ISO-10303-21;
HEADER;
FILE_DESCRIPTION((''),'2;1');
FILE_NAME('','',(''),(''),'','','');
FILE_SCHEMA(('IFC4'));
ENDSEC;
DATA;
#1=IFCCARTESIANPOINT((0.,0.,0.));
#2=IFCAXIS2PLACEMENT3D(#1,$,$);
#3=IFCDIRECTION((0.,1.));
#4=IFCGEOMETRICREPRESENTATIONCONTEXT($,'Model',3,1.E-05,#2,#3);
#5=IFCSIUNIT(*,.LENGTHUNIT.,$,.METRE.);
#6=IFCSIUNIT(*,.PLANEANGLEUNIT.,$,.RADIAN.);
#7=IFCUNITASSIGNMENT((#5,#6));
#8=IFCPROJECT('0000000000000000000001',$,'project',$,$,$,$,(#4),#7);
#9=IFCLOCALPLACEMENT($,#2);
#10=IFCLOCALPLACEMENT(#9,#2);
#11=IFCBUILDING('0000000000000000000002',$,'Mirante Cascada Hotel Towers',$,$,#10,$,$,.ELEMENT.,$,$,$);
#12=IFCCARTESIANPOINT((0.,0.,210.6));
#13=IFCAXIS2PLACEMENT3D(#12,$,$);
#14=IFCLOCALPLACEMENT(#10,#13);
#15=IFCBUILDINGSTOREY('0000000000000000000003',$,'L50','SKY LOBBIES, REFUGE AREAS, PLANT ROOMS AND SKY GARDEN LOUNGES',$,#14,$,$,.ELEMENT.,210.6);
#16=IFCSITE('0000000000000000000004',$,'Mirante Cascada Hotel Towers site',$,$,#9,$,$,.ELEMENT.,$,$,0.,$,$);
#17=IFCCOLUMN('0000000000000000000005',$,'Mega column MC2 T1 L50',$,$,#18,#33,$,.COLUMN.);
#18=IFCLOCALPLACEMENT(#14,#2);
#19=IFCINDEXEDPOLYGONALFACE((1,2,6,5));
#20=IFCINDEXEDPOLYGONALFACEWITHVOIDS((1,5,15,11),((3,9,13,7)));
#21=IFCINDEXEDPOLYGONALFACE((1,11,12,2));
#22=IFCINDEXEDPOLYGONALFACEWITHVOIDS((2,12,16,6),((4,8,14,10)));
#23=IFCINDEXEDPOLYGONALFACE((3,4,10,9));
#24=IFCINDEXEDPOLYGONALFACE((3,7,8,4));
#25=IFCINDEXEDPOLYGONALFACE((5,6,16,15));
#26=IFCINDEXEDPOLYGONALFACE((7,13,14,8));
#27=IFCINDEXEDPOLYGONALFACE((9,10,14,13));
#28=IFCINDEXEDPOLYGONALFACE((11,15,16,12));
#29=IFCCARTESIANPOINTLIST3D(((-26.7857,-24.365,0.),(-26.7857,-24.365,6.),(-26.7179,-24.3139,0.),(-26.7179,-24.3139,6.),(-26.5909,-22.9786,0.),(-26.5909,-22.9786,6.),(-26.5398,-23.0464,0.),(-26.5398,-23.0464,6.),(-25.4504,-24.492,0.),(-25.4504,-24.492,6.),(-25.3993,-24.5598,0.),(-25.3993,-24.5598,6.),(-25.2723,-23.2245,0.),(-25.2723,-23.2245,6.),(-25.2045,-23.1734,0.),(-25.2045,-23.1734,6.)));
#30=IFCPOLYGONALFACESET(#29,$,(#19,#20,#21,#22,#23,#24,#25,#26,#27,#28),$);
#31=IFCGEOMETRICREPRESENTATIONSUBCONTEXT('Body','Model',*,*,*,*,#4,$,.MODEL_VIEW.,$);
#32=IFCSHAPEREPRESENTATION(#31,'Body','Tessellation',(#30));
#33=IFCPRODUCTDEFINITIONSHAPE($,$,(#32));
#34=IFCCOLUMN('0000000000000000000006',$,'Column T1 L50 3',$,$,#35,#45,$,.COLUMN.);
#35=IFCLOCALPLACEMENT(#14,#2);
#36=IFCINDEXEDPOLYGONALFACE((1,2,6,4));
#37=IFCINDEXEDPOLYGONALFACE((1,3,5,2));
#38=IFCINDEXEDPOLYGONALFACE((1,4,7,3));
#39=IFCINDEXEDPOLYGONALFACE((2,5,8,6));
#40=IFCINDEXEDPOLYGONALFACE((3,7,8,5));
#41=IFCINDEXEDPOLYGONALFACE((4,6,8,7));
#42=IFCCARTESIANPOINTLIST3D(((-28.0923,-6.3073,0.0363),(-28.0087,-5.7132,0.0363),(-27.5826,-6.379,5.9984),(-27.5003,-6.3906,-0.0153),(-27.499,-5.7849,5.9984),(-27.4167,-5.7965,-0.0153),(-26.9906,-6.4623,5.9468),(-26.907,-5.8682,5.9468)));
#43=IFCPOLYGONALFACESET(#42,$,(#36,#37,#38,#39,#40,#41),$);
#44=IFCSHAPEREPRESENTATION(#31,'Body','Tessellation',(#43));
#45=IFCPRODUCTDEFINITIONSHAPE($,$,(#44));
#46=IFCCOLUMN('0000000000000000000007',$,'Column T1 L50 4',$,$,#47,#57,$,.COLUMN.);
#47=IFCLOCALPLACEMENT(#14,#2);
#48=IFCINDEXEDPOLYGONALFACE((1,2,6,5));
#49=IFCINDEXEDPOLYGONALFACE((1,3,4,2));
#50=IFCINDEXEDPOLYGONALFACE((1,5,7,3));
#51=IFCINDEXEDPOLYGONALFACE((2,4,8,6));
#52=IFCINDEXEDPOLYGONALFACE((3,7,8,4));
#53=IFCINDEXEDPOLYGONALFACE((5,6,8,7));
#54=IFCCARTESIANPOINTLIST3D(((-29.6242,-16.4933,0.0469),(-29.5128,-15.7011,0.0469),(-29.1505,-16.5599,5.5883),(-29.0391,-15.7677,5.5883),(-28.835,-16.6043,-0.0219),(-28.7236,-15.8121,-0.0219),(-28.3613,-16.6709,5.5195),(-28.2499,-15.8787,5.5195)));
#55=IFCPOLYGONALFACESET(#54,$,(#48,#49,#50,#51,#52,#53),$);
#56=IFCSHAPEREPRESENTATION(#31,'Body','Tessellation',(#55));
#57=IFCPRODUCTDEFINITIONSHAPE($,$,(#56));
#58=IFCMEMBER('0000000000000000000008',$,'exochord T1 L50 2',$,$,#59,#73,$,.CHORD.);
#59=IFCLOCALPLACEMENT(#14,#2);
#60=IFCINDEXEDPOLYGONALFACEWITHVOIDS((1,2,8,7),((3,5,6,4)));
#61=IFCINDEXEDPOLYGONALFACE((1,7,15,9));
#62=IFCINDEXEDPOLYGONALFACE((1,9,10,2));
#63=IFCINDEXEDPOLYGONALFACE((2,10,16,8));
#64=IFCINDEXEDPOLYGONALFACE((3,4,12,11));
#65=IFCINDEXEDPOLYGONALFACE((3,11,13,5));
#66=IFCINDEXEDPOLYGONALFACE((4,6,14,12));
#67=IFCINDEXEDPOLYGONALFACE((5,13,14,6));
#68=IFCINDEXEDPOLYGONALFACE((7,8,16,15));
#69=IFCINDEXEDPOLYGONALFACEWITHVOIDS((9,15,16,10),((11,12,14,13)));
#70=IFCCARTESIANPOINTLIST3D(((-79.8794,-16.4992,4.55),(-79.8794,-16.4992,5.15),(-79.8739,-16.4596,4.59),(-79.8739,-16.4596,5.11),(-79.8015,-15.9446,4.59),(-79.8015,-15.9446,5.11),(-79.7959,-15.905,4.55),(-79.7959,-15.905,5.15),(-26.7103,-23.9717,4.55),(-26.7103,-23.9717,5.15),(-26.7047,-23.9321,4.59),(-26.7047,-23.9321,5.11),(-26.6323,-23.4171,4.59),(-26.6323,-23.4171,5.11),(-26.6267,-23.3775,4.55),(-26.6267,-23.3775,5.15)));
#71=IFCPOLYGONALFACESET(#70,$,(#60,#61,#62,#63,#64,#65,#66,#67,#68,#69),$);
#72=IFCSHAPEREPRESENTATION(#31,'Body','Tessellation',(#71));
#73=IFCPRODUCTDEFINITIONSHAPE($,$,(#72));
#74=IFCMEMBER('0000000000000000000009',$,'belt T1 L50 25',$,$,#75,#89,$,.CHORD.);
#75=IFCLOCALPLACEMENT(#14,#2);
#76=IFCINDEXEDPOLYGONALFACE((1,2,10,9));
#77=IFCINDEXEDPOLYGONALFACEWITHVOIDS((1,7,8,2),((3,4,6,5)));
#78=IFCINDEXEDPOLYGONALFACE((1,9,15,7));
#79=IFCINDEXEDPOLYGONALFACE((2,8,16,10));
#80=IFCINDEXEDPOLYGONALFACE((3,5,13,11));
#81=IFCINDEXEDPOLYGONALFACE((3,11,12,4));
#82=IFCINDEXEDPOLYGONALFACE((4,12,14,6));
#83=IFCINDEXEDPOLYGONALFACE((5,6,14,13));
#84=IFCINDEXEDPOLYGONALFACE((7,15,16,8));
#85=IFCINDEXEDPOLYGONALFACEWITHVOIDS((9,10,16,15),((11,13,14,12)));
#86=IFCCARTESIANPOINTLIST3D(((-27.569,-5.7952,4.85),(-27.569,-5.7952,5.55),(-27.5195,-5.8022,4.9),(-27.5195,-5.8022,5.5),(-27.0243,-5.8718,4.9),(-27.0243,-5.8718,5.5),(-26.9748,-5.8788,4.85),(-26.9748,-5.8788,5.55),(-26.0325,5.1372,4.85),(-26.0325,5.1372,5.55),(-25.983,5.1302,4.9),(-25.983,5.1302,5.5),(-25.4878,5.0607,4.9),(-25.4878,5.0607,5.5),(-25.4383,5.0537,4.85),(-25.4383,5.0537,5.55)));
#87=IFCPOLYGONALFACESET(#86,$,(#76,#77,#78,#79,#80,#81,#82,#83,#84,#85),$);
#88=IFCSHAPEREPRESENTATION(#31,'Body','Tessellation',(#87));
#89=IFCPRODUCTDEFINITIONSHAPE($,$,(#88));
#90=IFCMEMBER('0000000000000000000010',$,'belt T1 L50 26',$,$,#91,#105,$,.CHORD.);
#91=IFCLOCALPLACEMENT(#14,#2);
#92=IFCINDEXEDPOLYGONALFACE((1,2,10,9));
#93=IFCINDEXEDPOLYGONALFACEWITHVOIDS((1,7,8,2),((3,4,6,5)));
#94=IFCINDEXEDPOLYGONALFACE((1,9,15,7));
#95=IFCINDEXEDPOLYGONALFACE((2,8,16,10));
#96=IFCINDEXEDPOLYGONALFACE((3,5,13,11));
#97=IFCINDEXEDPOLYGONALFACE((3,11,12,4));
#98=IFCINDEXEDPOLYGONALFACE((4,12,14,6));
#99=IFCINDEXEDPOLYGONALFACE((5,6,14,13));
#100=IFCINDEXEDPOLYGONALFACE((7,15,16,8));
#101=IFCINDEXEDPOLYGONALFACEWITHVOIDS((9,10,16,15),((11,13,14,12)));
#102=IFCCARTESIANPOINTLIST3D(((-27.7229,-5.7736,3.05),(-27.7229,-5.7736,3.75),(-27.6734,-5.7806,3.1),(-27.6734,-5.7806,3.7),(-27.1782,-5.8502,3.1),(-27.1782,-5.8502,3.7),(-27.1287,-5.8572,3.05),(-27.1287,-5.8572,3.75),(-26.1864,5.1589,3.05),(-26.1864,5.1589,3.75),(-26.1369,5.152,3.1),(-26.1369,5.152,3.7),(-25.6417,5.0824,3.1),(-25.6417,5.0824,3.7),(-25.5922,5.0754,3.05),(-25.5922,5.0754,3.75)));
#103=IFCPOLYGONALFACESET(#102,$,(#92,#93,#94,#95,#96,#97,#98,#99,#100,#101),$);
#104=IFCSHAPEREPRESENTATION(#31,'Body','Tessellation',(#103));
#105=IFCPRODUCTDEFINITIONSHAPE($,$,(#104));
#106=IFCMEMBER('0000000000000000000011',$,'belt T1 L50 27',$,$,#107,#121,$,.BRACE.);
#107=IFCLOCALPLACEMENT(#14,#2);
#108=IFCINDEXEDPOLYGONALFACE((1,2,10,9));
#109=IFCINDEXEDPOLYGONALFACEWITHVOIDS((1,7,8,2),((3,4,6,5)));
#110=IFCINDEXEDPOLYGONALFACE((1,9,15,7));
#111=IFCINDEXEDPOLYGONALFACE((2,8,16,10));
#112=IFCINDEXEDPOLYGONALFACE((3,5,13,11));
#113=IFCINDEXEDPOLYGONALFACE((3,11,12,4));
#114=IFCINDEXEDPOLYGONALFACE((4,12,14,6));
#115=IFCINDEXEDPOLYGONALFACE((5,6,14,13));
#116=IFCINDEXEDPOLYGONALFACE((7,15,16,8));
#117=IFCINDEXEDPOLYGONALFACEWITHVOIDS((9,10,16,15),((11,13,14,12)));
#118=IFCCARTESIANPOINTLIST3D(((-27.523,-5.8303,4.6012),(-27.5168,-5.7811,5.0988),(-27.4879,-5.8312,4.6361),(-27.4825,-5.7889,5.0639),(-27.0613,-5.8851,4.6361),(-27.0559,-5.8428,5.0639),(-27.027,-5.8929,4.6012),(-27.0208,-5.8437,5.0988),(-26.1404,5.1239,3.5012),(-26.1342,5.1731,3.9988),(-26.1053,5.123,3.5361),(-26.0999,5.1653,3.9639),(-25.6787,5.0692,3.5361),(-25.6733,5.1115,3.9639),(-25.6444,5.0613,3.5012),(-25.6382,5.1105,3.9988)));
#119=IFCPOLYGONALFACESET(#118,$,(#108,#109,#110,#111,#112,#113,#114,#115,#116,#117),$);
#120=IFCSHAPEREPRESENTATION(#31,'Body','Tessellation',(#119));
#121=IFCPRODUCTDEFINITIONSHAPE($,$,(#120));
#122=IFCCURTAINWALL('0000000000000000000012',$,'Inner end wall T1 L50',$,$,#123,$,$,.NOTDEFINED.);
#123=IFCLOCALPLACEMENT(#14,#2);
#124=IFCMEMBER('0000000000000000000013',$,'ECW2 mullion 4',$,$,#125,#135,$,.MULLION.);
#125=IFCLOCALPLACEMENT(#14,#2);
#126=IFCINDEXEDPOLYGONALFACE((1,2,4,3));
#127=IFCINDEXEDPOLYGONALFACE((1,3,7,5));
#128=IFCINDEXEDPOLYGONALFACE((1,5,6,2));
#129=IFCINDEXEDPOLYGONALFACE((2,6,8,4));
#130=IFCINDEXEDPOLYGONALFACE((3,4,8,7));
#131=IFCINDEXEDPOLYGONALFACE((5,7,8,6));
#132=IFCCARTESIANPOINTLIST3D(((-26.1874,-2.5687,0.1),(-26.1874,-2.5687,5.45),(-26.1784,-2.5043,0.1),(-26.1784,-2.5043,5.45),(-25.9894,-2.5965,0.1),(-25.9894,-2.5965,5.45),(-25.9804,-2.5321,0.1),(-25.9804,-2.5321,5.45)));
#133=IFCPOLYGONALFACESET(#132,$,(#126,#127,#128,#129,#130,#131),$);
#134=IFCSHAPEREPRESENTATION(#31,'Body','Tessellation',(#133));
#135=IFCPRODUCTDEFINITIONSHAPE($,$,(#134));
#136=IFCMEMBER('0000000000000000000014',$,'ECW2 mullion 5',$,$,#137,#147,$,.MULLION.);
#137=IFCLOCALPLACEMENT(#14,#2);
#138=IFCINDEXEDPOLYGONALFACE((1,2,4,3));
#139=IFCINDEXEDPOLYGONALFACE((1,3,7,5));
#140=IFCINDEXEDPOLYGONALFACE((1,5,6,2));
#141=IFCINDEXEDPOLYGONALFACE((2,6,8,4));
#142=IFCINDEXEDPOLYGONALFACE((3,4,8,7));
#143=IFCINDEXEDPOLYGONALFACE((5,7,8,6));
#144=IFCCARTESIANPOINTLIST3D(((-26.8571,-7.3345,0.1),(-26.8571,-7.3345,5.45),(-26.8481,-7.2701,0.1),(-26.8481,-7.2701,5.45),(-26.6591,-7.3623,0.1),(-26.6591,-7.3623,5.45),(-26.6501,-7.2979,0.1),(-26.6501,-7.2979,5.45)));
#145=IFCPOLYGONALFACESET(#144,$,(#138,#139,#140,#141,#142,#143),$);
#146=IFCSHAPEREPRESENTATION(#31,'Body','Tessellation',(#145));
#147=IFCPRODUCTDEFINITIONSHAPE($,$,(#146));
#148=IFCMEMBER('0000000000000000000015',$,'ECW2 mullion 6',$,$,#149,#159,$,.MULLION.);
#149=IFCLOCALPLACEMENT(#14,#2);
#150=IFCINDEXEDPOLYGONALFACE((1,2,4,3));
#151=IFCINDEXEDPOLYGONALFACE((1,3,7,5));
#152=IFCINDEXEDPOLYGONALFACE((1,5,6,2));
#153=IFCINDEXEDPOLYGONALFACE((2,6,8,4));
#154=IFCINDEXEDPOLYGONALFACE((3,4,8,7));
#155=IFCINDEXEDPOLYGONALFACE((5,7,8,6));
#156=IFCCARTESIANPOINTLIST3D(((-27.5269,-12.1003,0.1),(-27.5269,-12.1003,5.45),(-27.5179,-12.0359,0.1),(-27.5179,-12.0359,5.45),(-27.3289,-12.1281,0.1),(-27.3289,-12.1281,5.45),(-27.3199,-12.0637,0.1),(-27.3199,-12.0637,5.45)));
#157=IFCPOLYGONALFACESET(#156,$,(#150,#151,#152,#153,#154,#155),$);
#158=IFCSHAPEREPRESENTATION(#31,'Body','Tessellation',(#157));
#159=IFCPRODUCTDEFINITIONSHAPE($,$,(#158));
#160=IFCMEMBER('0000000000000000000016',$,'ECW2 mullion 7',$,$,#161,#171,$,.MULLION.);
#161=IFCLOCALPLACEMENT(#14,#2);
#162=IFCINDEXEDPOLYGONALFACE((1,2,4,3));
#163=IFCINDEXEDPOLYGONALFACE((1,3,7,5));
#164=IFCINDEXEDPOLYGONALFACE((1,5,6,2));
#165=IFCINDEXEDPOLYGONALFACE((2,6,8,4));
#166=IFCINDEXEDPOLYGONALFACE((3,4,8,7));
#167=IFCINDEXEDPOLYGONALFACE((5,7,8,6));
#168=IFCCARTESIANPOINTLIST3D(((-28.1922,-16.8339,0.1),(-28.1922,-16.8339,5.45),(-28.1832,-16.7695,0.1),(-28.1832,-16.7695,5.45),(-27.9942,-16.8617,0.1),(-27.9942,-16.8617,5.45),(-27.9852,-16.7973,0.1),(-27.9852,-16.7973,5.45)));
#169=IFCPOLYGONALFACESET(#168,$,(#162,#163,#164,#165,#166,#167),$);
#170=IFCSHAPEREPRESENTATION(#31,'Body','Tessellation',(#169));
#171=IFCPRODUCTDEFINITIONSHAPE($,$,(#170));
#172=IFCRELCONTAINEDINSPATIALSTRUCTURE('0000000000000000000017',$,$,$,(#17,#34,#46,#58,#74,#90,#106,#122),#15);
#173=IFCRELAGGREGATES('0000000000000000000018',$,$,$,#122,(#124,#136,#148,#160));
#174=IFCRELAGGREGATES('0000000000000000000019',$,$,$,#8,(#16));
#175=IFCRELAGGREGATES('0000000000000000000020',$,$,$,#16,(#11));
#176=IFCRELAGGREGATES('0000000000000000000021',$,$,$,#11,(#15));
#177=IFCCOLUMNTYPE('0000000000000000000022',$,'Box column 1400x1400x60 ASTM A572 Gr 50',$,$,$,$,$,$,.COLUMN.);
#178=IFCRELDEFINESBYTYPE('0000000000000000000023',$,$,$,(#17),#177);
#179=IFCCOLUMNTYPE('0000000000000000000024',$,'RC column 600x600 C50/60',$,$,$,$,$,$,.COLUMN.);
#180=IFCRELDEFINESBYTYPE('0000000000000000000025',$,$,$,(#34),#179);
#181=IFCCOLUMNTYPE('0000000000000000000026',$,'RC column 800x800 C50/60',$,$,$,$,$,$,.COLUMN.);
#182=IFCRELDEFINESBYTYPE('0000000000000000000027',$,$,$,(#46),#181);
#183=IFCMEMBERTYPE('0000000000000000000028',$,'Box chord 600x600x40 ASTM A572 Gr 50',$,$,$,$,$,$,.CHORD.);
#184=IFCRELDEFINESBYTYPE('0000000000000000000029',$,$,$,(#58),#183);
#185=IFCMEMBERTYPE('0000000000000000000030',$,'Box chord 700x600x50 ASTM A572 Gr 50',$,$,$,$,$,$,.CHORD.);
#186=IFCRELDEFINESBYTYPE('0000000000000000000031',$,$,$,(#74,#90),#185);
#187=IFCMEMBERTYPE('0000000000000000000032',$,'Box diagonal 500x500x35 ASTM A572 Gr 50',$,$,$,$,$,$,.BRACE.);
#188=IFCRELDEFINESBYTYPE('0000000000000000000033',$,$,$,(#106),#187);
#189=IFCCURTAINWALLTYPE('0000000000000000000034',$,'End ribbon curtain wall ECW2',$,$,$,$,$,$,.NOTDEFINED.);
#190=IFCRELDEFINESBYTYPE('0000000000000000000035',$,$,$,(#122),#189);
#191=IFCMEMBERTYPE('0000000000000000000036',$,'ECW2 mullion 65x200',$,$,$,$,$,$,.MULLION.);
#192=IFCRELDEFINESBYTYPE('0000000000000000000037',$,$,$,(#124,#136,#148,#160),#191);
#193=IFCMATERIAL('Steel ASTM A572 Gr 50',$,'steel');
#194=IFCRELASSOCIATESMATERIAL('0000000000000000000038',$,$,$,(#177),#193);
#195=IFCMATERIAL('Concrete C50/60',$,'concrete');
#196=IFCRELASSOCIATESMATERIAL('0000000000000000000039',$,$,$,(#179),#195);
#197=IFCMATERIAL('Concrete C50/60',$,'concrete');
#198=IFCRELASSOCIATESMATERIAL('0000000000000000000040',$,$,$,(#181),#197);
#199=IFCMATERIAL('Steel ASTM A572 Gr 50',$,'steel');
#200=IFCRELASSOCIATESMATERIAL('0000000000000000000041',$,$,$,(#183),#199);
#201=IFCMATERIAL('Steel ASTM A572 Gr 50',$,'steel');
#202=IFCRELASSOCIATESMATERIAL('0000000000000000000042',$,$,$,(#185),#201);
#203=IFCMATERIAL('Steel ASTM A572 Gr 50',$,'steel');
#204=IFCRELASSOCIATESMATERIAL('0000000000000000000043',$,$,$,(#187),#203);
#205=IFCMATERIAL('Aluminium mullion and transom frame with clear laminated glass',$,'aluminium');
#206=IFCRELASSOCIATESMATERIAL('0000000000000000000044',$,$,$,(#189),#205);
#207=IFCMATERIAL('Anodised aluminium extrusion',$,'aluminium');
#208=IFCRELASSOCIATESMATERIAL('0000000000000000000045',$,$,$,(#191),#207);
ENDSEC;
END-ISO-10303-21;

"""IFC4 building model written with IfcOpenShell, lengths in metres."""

from ifc_helpers import new_model, si_unit, direction, frame, origin, origin_2d, place, context, subcontext, project, spatial, rectangle, hollow_rectangle, extrude, material, material_profile, profile_set, type_object, element, aggregate, save


model = new_model("IFC4")

# Units and contexts
model_context = context("Model", 3, precision=1e-05, world=origin(), true_north=direction((0.0, 1.0)))
body_context = subcontext(model_context, "Body", "Model", "MODEL_VIEW")
ifc_project = project(units=[si_unit("LENGTHUNIT", "METRE"), si_unit("PLANEANGLEUNIT", "RADIAN")], contexts=[model_context])

# Site, building, storey
site_placement = place(None, origin())
site = spatial("IfcSite", under=ifc_project, at=site_placement, Name="Mirante Cascada Hotel Towers site", CompositionType="ELEMENT", RefElevation=0.0)
building_placement = place(site_placement, origin())
building = spatial("IfcBuilding", under=site, at=building_placement, Name="Mirante Cascada Hotel Towers", CompositionType="ELEMENT")
storey_placement = place(building_placement, frame((0.0, 0.0, 210.6)))
storey = spatial("IfcBuildingStorey", under=building, at=storey_placement, Name="L50", Description="SKY LOBBIES, REFUGE AREAS, PLANT ROOMS AND SKY GARDEN LOUNGES", CompositionType="ELEMENT", Elevation=210.6)

# Columns
ifc_material_1 = material(Name="Steel ASTM A572 Gr 50", Category="steel")
ifc_material_profile_1 = material_profile(ifc_material_1, hollow_rectangle(XDim=1.4, YDim=1.4, WallThickness=0.06, at=origin_2d()), Name="Box column 1400x1400x60 ASTM A572 Gr 50")
ifc_profile_set_1 = profile_set([ifc_material_profile_1], Name="Steel ASTM A572 Gr 50")
column_type_1 = type_object("IfcColumnType", Name="Box column 1400x1400x60 ASTM A572 Gr 50", PredefinedType="COLUMN", material=ifc_profile_set_1)
column_1_placement = place(storey_placement, frame((-25.9951, -23.7692, 0.0), z_axis=(0.0, 0.0, 1.0), x_axis=(-0.990268, 0.139173, 0.0)))
element("IfcColumn", 1, at=column_1_placement, inside=storey, type_object=column_type_1, Name="Mega column MC2 T1 L50", PredefinedType="COLUMN", context=body_context, shape_type="SweptSolid", body=[
    extrude(hollow_rectangle(XDim=1.4, YDim=1.4, WallThickness=0.06, at=origin_2d()), origin(), (0.0, 0.0, 1.0), 6.0),
])
ifc_material_2 = material(Name="Concrete C50/60", Category="concrete")
ifc_material_profile_2 = material_profile(ifc_material_2, rectangle(XDim=0.6, YDim=0.6, at=origin_2d()), Name="RC column 600x600 C50/60")
ifc_profile_set_2 = profile_set([ifc_material_profile_2], Name="Concrete C50/60")
column_type_2 = type_object("IfcColumnType", Name="RC column 600x600 C50/60", PredefinedType="COLUMN", material=ifc_profile_set_2)
column_2_placement = place(storey_placement, frame((-27.7545, -6.0519, 0.0105), z_axis=(0.085173, -0.011981, 0.996294), x_axis=(0.139299, 0.99025, 0.0)))
element("IfcColumn", 2, at=column_2_placement, inside=storey, type_object=column_type_2, Name="Column T1 L50 3", PredefinedType="COLUMN", context=body_context, shape_type="SweptSolid", body=[
    extrude(rectangle(XDim=0.6, YDim=0.6, at=origin_2d()), origin(), (0.0, 0.0, 1.0), 5.9843),
])
ifc_material_3 = material(Name="Concrete C50/60", Category="concrete")
ifc_material_profile_3 = material_profile(ifc_material_3, rectangle(XDim=0.8, YDim=0.8, at=origin_2d()), Name="RC column 800x800 C50/60")
ifc_profile_set_3 = profile_set([ifc_material_profile_3], Name="Concrete C50/60")
column_type_3 = type_object("IfcColumnType", Name="RC column 800x800 C50/60", PredefinedType="COLUMN", material=ifc_profile_set_3)
column_3_placement = place(storey_placement, frame((-29.1739, -16.1527, 0.0125), z_axis=(0.085167, -0.011974, 0.996295), x_axis=(0.139226, 0.990261, 0.0)))
element("IfcColumn", 3, at=column_3_placement, inside=storey, type_object=column_type_3, Name="Column T1 L50 4", PredefinedType="COLUMN", context=body_context, shape_type="SweptSolid", body=[
    extrude(rectangle(XDim=0.8, YDim=0.8, at=origin_2d()), origin(), (0.0, 0.0, 1.0), 5.562),
])

# Members
ifc_material_4 = material(Name="Steel ASTM A572 Gr 50", Category="steel")
ifc_material_profile_4 = material_profile(ifc_material_4, hollow_rectangle(XDim=0.6, YDim=0.6, WallThickness=0.04, at=origin_2d()), Name="Box chord 600x600x40 ASTM A572 Gr 50")
ifc_profile_set_4 = profile_set([ifc_material_profile_4], Name="Steel ASTM A572 Gr 50")
member_type_1 = type_object("IfcMemberType", Name="Box chord 600x600x40 ASTM A572 Gr 50", PredefinedType="CHORD", material=ifc_profile_set_4)
member_1_placement = place(storey_placement, frame((-26.6685, -23.6746, 4.85), z_axis=(-0.990268, 0.139174, 0.0), x_axis=(-0.139174, -0.990268, 0.0)))
element("IfcMember", 4, at=member_1_placement, inside=storey, type_object=member_type_1, Name="exochord T1 L50 2", PredefinedType="CHORD", context=body_context, shape_type="SweptSolid", body=[
    extrude(hollow_rectangle(XDim=0.6, YDim=0.6, WallThickness=0.04, at=origin_2d()), origin(), (0.0, 0.0, 1.0), 53.6917),
])
ifc_material_5 = material(Name="Steel ASTM A572 Gr 50", Category="steel")
ifc_material_profile_5 = material_profile(ifc_material_5, hollow_rectangle(XDim=0.6, YDim=0.7, WallThickness=0.05, at=origin_2d()), Name="Box chord 700x600x50 ASTM A572 Gr 50")
ifc_profile_set_5 = profile_set([ifc_material_profile_5], Name="Steel ASTM A572 Gr 50")
member_type_2 = type_object("IfcMemberType", Name="Box chord 700x600x50 ASTM A572 Gr 50", PredefinedType="CHORD", material=ifc_profile_set_5)
member_2_placement = place(storey_placement, frame((-27.2719, -5.837, 5.2), z_axis=(0.139176, 0.990268, 0.0), x_axis=(-0.990268, 0.139176, 0.0)))
element("IfcMember", 5, at=member_2_placement, inside=storey, type_object=member_type_2, Name="belt T1 L50 25", PredefinedType="CHORD", context=body_context, shape_type="SweptSolid", body=[
    extrude(hollow_rectangle(XDim=0.6, YDim=0.7, WallThickness=0.05, at=origin_2d()), origin(), (0.0, 0.0, 1.0), 11.0399),
])
member_3_placement = place(storey_placement, frame((-27.4258, -5.8154, 3.4), z_axis=(0.139175, 0.990268, 0.0), x_axis=(-0.990268, 0.139175, 0.0)))
element("IfcMember", 6, at=member_3_placement, inside=storey, type_object=member_type_2, Name="belt T1 L50 26", PredefinedType="CHORD", context=body_context, shape_type="SweptSolid", body=[
    extrude(hollow_rectangle(XDim=0.6, YDim=0.7, WallThickness=0.05, at=origin_2d()), origin(), (0.0, 0.0, 1.0), 11.04),
])
ifc_material_6 = material(Name="Steel ASTM A572 Gr 50", Category="steel")
ifc_material_profile_6 = material_profile(ifc_material_6, hollow_rectangle(XDim=0.5, YDim=0.5, WallThickness=0.035, at=origin_2d()), Name="Box diagonal 500x500x35 ASTM A572 Gr 50")
ifc_profile_set_6 = profile_set([ifc_material_profile_6], Name="Steel ASTM A572 Gr 50")
member_type_3 = type_object("IfcMemberType", Name="Box diagonal 500x500x35 ASTM A572 Gr 50", PredefinedType="BRACE", material=ifc_profile_set_6)
member_4_placement = place(storey_placement, frame((-27.2719, -5.837, 4.85), z_axis=(0.124606, 0.987241, -0.099137), x_axis=(-0.992129, 0.125223, 0.0)))
element("IfcMember", 7, at=member_4_placement, inside=storey, type_object=member_type_3, Name="belt T1 L50 27", PredefinedType="BRACE", context=body_context, shape_type="SweptSolid", body=[
    extrude(hollow_rectangle(XDim=0.5, YDim=0.5, WallThickness=0.035, at=origin_2d()), origin(), (0.0, 0.0, 1.0), 11.0958),
])

# Curtain wall, members
ifc_material_7 = material(Name="Aluminium mullion and transom frame with clear laminated glass", Category="aluminium")
curtain_wall_type = type_object("IfcCurtainWallType", Name="End ribbon curtain wall ECW2", PredefinedType="NOTDEFINED", material=ifc_material_7)
curtain_wall_placement = place(storey_placement, origin())
curtain_wall = element("IfcCurtainWall", 8, at=curtain_wall_placement, inside=storey, type_object=curtain_wall_type, Name="Inner end wall T1 L50", PredefinedType="NOTDEFINED")
ifc_material_8 = material(Name="Anodised aluminium extrusion", Category="aluminium")
ifc_material_profile_7 = material_profile(ifc_material_8, rectangle(XDim=0.2, YDim=0.065, at=origin_2d()), Name="ECW2 MULLION 65x200")
ifc_profile_set_7 = profile_set([ifc_material_profile_7], Name="Anodised aluminium extrusion")
member_type_4 = type_object("IfcMemberType", Name="ECW2 mullion 65x200", PredefinedType="MULLION", material=ifc_profile_set_7)
member_5_placement = place(storey_placement, frame((-26.0839, -2.5504, 0.1), z_axis=(0.0, 0.0, 1.0), x_axis=(0.990268, -0.139173, 0.0)))
member_5 = element("IfcMember", 9, at=member_5_placement, type_object=member_type_4, Name="ECW2 mullion 4", PredefinedType="MULLION", context=body_context, shape_type="SweptSolid", body=[
    extrude(rectangle(XDim=0.2, YDim=0.065, at=origin_2d()), origin(), (0.0, 0.0, 1.0), 5.35),
])
member_6_placement = place(storey_placement, frame((-26.7536, -7.3162, 0.1), z_axis=(0.0, 0.0, 1.0), x_axis=(0.990268, -0.139173, 0.0)))
member_6 = element("IfcMember", 10, at=member_6_placement, type_object=member_type_4, Name="ECW2 mullion 5", PredefinedType="MULLION", context=body_context, shape_type="SweptSolid", body=[
    extrude(rectangle(XDim=0.2, YDim=0.065, at=origin_2d()), origin(), (0.0, 0.0, 1.0), 5.35),
])
member_7_placement = place(storey_placement, frame((-27.4234, -12.082, 0.1), z_axis=(0.0, 0.0, 1.0), x_axis=(0.990268, -0.139173, 0.0)))
member_7 = element("IfcMember", 11, at=member_7_placement, type_object=member_type_4, Name="ECW2 mullion 6", PredefinedType="MULLION", context=body_context, shape_type="SweptSolid", body=[
    extrude(rectangle(XDim=0.2, YDim=0.065, at=origin_2d()), origin(), (0.0, 0.0, 1.0), 5.35),
])
member_8_placement = place(storey_placement, frame((-28.0887, -16.8156, 0.1), z_axis=(0.0, 0.0, 1.0), x_axis=(0.990268, -0.139173, 0.0)))
member_8 = element("IfcMember", 12, at=member_8_placement, type_object=member_type_4, Name="ECW2 mullion 7", PredefinedType="MULLION", context=body_context, shape_type="SweptSolid", body=[
    extrude(rectangle(XDim=0.2, YDim=0.065, at=origin_2d()), origin(), (0.0, 0.0, 1.0), 5.35),
])
aggregate(curtain_wall, [member_5, member_6, member_7, member_8])

save(model, "model.ifc")
